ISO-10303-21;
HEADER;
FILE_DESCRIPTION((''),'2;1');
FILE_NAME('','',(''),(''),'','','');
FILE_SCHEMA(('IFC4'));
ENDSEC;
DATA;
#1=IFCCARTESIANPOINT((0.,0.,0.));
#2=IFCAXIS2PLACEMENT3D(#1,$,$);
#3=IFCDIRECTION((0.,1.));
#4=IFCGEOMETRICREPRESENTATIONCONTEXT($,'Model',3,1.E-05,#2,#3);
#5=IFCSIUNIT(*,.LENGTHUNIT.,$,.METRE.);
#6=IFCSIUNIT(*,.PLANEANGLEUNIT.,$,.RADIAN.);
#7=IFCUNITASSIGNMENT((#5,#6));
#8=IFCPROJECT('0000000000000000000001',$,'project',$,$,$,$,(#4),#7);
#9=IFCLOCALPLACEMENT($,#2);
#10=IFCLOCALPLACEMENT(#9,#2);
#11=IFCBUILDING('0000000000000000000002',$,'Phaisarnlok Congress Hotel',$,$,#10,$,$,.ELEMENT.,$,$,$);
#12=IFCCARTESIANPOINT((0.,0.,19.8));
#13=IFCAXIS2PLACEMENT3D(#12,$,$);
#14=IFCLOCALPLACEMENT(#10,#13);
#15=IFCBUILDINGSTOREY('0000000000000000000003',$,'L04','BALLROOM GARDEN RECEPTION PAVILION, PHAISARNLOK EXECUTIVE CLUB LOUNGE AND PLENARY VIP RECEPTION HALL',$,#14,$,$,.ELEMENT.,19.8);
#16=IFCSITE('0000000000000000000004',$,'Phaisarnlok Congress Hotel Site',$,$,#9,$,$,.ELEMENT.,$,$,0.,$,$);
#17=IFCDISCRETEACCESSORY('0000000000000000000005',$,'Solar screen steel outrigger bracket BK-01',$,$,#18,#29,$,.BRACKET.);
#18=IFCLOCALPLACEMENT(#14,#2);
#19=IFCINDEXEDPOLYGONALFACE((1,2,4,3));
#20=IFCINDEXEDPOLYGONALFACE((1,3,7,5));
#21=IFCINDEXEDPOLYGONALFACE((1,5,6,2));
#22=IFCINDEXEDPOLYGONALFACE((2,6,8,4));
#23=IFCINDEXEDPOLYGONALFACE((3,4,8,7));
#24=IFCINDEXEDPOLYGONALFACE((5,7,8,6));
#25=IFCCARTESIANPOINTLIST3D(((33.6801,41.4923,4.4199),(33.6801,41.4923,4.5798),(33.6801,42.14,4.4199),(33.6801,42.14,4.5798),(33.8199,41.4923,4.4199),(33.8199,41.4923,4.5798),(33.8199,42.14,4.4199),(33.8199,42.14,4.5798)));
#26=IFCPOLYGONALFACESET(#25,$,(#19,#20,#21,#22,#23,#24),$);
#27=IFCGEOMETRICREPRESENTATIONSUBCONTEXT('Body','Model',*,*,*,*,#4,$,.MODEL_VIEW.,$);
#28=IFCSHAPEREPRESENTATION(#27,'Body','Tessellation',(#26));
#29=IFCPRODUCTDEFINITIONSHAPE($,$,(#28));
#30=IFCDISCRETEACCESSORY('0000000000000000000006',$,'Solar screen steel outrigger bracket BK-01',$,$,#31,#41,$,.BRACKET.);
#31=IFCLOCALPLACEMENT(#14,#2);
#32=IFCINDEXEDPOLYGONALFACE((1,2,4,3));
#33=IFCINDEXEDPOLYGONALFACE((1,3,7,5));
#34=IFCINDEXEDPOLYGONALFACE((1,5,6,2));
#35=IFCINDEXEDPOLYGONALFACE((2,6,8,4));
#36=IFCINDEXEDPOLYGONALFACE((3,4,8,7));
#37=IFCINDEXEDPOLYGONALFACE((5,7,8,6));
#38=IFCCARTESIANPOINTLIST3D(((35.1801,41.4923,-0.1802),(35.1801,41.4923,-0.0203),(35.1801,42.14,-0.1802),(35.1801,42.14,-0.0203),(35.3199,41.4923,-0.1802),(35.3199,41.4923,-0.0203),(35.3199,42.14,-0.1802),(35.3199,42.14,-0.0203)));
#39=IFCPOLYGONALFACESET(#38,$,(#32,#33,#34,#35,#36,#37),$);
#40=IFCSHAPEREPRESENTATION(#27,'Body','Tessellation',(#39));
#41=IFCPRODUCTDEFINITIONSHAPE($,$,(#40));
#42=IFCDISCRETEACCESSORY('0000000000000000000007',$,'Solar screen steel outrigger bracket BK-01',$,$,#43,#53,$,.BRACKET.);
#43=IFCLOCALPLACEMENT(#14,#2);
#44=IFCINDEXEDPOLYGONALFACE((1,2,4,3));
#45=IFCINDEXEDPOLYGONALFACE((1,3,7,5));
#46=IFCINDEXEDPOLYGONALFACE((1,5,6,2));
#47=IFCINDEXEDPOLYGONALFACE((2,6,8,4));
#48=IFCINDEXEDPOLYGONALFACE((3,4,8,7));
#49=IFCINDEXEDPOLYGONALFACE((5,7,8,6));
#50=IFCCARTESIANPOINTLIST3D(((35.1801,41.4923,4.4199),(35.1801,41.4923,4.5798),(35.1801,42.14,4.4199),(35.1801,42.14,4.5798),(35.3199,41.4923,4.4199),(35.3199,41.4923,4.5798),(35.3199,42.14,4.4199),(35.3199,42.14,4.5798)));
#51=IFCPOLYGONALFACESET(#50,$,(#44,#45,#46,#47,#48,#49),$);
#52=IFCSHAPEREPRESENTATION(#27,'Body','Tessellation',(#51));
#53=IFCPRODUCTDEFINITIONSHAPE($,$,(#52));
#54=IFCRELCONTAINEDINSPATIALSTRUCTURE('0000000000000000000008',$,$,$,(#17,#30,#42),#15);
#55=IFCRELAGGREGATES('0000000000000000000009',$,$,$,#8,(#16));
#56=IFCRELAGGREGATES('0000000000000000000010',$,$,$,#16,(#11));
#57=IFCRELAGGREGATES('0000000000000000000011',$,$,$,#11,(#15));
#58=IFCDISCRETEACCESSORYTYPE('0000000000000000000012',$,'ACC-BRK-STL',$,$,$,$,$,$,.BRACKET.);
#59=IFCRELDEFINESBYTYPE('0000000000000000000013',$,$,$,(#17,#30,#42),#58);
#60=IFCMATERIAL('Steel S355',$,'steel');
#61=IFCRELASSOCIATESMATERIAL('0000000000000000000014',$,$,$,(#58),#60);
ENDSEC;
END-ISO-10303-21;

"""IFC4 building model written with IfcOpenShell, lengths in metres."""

from ifc_helpers import new_model, si_unit, direction, frame, origin, origin_2d, place, context, subcontext, project, spatial, rectangle, extrude, material, type_object, element, save


model = new_model("IFC4")

# Units and contexts
model_context = context("Model", 3, precision=1e-05, world=origin(), true_north=direction((0.0, 1.0)))
body_context = subcontext(model_context, "Body", "Model", "MODEL_VIEW")
ifc_project = project(units=[si_unit("LENGTHUNIT", "METRE"), si_unit("PLANEANGLEUNIT", "RADIAN")], contexts=[model_context])

# Site, building, storey
site_placement = place(None, origin())
site = spatial("IfcSite", under=ifc_project, at=site_placement, Name="Phaisarnlok Congress Hotel Site", CompositionType="ELEMENT", RefElevation=0.0)
building_placement = place(site_placement, origin())
building = spatial("IfcBuilding", under=site, at=building_placement, Name="Phaisarnlok Congress Hotel", CompositionType="ELEMENT")
storey_placement = place(building_placement, frame((0.0, 0.0, 19.8)))
storey = spatial("IfcBuildingStorey", under=building, at=storey_placement, Name="L04", Description="BALLROOM GARDEN RECEPTION PAVILION, PHAISARNLOK EXECUTIVE CLUB LOUNGE AND PLENARY VIP RECEPTION HALL", CompositionType="ELEMENT", Elevation=19.8)

# Shared definitions
ifc_material_1 = material(Name="Steel S355", Category="steel")

# Discrete accessories
discrete_accessory_type = type_object("IfcDiscreteAccessoryType", Name="ACC-BRK-STL", PredefinedType="BRACKET", material=ifc_material_1)
for number, where, z_axis, x_axis, name in (
    (1, (33.75, 41.8162, 4.4199), (0.0, 0.0, 1.0), (1.0, 0.0, 0.0), "Solar screen steel outrigger bracket BK-01"),
    (2, (35.25, 41.8162, -0.1802), (0.0, 0.0, 1.0), (1.0, 0.0, 0.0), "Solar screen steel outrigger bracket BK-01"),
    (3, (35.25, 41.8162, 4.4199), (0.0, 0.0, 1.0), (1.0, 0.0, 0.0), "Solar screen steel outrigger bracket BK-01"),
):
    element("IfcDiscreteAccessory", number, at=place(storey_placement, frame(where, z_axis=z_axis, x_axis=x_axis)), inside=storey, type_object=discrete_accessory_type, Name=name, PredefinedType="BRACKET", context=body_context, shape_type="SweptSolid", body=[
        extrude(rectangle(XDim=0.1399, YDim=0.6477, at=origin_2d()), origin(), (0.0, 0.0, 1.0), 0.1599),
    ])

save(model, "model.ifc")
